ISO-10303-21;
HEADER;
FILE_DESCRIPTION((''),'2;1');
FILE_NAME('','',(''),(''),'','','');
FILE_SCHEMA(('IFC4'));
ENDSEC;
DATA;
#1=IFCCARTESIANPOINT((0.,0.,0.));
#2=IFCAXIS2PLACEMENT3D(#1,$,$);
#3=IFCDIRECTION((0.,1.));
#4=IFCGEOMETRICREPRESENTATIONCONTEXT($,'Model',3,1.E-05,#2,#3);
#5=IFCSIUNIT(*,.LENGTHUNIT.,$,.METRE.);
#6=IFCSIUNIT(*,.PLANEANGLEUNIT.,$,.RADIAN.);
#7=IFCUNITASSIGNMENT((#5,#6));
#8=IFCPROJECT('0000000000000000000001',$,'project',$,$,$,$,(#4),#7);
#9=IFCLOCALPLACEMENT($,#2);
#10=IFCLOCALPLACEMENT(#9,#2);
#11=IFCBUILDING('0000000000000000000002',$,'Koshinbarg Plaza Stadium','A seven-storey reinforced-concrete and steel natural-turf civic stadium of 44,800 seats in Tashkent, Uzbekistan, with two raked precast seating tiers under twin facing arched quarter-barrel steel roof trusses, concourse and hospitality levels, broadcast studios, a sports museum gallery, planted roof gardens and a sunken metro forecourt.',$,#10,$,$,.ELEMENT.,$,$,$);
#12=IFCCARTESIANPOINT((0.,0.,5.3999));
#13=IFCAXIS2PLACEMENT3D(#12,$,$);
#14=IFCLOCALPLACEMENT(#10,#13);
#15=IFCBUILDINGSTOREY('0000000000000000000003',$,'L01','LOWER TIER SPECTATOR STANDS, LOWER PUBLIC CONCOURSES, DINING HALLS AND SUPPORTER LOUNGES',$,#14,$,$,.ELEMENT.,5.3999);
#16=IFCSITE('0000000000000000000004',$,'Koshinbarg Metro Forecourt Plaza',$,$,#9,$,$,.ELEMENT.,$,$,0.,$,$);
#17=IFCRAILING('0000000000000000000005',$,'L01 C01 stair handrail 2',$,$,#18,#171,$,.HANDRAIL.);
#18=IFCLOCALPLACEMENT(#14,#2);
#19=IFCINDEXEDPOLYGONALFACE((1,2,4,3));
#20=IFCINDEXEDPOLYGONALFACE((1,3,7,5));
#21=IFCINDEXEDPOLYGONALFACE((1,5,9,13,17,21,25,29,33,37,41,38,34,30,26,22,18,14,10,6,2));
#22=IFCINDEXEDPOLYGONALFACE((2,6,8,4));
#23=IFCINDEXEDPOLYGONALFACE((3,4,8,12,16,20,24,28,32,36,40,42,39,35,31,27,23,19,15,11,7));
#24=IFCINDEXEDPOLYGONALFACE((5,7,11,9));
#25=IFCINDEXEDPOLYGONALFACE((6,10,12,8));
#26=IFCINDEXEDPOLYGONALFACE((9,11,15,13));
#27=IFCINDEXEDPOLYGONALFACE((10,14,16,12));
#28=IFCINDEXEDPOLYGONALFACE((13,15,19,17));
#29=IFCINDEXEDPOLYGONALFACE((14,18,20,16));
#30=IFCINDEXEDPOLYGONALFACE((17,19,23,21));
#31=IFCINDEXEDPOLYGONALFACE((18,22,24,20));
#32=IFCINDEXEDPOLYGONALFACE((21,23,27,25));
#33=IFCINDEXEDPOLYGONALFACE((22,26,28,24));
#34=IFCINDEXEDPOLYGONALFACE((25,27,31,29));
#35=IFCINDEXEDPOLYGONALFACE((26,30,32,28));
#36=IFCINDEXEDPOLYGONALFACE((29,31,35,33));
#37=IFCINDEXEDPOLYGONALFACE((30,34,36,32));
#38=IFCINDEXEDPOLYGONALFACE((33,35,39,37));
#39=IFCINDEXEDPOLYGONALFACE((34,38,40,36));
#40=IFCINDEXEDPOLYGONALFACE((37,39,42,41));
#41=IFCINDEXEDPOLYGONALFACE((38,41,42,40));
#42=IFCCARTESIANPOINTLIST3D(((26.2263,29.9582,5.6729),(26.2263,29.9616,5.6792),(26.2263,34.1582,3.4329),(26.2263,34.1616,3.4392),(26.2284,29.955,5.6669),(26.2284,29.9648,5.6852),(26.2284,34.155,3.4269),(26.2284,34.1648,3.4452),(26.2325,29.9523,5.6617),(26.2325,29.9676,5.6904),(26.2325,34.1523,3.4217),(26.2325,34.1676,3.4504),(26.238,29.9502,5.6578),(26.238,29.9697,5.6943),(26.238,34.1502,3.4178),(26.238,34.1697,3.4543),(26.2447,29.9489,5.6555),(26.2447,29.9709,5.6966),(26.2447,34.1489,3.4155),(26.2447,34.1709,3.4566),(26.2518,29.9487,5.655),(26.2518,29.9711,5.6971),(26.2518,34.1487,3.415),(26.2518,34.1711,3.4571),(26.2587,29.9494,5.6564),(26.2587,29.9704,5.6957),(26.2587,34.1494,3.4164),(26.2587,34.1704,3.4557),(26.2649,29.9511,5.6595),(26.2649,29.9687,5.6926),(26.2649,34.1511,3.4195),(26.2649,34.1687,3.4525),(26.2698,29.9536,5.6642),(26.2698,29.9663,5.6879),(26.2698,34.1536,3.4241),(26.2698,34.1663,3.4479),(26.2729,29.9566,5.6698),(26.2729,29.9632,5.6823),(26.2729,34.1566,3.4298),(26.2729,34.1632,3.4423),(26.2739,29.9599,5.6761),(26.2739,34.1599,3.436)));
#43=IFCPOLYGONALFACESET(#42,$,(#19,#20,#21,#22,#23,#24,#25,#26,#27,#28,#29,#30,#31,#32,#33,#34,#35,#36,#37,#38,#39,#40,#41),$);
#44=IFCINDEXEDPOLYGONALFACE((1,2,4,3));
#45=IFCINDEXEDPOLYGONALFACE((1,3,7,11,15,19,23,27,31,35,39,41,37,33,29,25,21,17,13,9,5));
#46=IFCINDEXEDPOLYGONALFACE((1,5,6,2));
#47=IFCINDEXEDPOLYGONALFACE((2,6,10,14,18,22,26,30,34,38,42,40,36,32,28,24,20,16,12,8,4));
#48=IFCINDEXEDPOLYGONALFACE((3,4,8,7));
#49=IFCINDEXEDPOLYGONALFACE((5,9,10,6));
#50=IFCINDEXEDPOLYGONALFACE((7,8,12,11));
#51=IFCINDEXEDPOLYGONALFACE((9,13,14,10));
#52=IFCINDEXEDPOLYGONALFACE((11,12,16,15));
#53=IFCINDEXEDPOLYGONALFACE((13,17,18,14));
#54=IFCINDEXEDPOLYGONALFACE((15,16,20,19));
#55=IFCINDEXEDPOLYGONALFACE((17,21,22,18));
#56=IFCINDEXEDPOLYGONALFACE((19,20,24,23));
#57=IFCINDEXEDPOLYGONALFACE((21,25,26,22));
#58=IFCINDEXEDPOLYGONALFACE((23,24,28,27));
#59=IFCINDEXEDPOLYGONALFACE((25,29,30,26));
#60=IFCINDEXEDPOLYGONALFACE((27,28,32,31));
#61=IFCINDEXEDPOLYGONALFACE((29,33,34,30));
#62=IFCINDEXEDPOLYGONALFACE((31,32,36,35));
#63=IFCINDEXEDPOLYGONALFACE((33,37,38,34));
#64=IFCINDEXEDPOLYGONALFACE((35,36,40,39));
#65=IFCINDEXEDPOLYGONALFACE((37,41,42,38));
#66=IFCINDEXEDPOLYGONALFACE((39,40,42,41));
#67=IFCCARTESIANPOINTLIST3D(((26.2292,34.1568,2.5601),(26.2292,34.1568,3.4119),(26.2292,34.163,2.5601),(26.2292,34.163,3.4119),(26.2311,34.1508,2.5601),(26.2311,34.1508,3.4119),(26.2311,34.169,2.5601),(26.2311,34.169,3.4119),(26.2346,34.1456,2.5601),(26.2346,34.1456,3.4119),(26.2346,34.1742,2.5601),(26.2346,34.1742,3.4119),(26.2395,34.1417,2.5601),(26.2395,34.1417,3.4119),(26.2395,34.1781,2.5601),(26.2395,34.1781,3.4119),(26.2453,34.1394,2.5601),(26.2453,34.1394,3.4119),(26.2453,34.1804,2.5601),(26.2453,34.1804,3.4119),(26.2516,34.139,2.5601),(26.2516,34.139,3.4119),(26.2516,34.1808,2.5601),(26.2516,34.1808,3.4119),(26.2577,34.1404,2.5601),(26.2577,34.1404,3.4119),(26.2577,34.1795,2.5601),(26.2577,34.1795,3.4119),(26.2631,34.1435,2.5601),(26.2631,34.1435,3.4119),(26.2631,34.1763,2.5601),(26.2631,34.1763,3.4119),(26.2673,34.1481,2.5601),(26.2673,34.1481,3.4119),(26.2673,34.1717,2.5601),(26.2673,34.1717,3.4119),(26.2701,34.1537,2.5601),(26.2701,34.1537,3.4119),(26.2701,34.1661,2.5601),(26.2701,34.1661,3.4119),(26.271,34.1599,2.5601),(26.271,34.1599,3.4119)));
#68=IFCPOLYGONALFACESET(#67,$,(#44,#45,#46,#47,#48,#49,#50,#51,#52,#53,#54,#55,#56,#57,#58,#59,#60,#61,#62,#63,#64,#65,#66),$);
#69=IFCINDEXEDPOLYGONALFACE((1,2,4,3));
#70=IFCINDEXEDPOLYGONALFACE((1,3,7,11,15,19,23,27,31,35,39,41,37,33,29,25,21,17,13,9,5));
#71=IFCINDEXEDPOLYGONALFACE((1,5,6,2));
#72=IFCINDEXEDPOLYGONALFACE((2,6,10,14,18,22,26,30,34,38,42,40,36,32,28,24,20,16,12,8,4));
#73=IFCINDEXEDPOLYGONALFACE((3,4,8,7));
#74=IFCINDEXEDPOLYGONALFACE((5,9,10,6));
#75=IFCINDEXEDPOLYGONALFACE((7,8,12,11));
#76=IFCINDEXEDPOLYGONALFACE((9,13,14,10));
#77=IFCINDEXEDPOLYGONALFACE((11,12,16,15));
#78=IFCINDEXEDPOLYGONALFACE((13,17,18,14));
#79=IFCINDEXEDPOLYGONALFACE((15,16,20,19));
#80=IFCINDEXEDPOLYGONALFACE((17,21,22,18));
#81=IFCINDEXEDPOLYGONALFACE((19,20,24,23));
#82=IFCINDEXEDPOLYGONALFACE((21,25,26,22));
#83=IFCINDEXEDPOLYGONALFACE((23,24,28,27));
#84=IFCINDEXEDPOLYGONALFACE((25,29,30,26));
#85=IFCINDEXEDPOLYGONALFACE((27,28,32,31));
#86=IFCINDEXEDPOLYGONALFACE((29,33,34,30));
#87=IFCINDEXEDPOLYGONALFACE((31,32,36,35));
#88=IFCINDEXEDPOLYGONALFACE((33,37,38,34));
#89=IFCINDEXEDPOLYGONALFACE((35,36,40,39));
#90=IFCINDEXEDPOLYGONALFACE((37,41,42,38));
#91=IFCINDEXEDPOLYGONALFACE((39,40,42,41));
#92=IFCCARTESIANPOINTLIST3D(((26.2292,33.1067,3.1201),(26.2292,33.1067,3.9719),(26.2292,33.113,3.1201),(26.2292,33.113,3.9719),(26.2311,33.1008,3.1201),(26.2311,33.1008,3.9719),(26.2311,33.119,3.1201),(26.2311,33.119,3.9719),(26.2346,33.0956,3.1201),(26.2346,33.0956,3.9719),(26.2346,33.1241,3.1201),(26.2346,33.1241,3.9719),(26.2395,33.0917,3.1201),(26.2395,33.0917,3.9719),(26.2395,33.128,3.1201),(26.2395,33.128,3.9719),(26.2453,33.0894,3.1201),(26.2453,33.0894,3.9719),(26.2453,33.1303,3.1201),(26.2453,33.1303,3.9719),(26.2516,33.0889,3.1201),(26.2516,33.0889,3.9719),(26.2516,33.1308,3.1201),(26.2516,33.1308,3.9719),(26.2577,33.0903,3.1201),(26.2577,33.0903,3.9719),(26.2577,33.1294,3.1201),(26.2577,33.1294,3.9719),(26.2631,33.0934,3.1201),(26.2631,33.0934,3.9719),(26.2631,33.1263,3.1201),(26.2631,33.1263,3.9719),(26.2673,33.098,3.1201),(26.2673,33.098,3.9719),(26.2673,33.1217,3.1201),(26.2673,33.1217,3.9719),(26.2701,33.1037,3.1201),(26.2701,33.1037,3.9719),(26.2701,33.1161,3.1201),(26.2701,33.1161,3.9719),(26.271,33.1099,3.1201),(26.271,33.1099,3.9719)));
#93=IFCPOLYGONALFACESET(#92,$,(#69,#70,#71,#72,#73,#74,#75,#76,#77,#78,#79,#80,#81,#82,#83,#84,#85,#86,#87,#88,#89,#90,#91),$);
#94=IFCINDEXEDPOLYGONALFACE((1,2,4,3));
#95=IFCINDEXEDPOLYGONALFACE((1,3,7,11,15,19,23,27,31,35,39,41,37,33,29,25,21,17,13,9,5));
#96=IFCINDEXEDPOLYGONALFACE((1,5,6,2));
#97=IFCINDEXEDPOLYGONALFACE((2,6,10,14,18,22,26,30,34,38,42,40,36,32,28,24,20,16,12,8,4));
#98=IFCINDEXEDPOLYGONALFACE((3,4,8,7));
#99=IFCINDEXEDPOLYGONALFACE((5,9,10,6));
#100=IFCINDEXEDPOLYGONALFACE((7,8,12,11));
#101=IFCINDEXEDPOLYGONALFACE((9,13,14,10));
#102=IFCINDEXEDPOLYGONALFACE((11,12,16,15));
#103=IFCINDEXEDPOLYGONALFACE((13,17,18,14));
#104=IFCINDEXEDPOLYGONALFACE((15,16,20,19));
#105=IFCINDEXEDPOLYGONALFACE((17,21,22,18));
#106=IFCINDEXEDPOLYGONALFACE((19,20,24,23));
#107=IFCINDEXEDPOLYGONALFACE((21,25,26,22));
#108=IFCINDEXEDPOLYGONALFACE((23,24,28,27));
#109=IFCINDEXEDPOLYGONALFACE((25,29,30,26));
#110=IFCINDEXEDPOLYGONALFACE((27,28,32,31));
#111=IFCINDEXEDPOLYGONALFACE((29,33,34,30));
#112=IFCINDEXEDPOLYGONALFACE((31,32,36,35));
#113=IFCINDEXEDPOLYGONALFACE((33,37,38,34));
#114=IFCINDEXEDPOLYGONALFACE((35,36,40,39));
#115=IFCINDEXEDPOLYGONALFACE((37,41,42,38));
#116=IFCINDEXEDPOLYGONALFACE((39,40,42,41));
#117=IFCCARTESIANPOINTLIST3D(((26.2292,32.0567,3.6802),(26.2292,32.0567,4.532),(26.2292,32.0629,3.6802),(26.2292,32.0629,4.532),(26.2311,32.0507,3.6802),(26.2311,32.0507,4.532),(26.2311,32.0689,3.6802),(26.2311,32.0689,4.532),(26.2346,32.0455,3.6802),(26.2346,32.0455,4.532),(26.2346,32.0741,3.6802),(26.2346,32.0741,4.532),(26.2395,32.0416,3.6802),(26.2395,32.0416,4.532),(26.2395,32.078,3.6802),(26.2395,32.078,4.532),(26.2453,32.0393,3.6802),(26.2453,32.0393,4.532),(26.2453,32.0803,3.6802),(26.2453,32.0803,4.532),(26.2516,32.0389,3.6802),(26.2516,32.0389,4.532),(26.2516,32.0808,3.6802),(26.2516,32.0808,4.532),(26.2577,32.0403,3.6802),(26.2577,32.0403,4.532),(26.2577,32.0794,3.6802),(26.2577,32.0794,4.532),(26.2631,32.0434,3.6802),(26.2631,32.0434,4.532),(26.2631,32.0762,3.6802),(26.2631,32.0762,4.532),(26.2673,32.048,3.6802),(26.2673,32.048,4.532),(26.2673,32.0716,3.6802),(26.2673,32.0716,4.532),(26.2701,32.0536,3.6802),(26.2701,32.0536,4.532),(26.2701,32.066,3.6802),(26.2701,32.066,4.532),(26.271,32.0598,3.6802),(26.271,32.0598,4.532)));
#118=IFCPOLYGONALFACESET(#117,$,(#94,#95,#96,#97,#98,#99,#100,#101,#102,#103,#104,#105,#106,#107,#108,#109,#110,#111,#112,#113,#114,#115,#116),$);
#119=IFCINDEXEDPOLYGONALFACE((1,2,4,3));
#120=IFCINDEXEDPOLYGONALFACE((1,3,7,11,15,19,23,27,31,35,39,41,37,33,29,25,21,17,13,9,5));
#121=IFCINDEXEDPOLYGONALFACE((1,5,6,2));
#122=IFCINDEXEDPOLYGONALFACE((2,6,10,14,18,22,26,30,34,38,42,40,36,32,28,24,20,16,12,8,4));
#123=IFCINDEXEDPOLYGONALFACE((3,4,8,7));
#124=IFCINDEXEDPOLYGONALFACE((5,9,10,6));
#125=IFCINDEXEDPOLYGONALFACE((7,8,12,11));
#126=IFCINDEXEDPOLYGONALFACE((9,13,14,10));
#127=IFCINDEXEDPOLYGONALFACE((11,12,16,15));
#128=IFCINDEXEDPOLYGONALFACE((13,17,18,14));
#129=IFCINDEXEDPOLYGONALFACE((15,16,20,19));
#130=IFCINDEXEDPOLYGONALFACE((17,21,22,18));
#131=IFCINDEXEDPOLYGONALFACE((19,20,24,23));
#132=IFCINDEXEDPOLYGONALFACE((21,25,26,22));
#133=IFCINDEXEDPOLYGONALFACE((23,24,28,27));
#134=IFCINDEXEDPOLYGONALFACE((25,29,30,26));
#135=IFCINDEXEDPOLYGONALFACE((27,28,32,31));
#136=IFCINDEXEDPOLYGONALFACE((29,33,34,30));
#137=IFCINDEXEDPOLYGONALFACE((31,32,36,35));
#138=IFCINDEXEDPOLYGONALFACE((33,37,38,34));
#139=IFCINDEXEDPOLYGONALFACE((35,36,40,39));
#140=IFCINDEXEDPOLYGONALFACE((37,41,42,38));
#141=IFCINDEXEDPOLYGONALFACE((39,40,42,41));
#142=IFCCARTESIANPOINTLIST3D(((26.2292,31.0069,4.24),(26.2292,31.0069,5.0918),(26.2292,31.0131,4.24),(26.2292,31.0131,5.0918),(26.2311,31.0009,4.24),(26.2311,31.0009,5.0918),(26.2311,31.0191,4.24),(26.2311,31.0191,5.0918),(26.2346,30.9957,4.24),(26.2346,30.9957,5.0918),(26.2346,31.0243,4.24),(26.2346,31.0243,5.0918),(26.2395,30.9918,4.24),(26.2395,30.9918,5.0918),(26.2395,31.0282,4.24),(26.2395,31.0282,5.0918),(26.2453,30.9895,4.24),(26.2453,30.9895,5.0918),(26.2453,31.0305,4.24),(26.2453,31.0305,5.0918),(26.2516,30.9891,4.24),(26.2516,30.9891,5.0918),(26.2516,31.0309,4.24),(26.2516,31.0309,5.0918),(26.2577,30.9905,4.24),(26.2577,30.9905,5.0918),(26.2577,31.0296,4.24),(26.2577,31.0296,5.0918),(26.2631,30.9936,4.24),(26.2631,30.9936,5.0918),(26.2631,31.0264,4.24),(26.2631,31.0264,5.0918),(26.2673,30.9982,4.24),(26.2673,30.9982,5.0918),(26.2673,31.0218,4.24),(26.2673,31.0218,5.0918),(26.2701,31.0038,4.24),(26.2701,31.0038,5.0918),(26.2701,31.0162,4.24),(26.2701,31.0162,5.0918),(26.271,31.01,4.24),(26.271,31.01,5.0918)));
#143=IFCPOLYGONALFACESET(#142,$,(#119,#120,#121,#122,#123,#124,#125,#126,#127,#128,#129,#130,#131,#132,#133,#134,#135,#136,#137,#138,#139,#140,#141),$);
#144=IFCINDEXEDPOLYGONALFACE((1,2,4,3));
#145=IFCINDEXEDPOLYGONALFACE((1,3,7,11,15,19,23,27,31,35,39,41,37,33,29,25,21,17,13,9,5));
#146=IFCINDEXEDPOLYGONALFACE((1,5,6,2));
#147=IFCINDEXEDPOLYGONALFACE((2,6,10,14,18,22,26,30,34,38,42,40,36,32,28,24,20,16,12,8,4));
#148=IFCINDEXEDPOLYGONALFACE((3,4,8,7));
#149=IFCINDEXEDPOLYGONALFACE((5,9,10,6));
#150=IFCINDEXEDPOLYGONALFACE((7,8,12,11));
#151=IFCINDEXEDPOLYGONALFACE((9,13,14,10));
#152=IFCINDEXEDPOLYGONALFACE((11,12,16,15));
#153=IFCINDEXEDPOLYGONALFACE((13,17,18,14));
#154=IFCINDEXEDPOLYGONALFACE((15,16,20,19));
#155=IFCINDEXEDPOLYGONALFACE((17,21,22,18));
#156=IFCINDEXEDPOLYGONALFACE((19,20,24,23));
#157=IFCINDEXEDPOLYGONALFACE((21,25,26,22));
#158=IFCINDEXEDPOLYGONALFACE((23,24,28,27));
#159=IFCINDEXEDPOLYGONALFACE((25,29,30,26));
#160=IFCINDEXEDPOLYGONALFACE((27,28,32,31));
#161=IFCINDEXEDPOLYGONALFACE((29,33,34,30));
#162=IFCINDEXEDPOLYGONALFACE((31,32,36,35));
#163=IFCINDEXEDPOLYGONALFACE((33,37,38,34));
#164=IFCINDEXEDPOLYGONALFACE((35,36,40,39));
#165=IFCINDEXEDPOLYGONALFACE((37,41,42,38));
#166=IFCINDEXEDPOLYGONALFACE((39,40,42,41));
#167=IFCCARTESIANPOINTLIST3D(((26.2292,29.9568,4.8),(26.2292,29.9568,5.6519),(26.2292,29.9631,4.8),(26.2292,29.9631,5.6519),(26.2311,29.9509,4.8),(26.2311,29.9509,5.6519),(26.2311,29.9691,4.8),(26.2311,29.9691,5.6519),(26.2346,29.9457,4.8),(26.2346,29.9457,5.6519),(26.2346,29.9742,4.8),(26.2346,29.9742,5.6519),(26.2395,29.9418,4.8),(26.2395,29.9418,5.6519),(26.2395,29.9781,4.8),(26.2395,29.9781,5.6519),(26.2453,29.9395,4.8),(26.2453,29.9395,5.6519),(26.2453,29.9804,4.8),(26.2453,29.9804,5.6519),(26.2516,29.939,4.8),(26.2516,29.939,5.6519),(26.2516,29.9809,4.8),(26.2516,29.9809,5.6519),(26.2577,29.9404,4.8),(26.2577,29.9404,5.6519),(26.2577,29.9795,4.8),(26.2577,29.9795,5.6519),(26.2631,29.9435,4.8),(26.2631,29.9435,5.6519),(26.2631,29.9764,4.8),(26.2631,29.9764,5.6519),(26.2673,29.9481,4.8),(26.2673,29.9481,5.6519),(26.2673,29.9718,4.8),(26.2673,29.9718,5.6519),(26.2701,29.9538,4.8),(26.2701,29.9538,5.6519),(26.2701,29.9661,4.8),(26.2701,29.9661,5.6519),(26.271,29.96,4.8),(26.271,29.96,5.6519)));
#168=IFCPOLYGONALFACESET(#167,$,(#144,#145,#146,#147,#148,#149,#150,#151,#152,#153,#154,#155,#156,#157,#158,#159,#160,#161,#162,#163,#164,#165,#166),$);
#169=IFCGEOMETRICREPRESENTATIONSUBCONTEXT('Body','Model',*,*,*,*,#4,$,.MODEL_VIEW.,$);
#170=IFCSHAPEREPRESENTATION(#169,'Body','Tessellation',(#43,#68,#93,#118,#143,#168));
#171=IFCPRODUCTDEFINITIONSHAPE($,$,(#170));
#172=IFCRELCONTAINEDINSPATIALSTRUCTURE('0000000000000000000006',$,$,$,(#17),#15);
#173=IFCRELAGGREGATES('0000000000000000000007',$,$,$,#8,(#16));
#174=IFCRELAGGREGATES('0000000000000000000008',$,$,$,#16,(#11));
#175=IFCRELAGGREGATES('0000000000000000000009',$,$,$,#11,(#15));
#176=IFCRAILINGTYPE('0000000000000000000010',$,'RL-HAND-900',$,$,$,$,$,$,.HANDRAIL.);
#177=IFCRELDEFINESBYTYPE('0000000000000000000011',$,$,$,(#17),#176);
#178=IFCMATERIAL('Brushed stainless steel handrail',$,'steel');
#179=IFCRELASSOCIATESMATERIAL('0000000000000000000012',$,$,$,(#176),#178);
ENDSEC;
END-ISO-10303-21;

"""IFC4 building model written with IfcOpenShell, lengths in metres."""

from ifc_helpers import new_model, si_unit, direction, frame, origin, origin_2d, place, context, subcontext, project, spatial, circle, extrude, material, type_object, element, save


model = new_model("IFC4")

# Units and contexts
model_context = context("Model", 3, precision=1e-05, world=origin(), true_north=direction((0.0, 1.0)))
body_context = subcontext(model_context, "Body", "Model", "MODEL_VIEW")
ifc_project = project(units=[si_unit("LENGTHUNIT", "METRE"), si_unit("PLANEANGLEUNIT", "RADIAN")], contexts=[model_context])

# Site, building, storey
site_placement = place(None, origin())
site = spatial("IfcSite", under=ifc_project, at=site_placement, Name="Koshinbarg Metro Forecourt Plaza", CompositionType="ELEMENT", RefElevation=0.0)
building_placement = place(site_placement, origin())
building = spatial("IfcBuilding", under=site, at=building_placement, Name="Koshinbarg Plaza Stadium", Description="A seven-storey reinforced-concrete and steel natural-turf civic stadium of 44,800 seats in Tashkent, Uzbekistan, with two raked precast seating tiers under twin facing arched quarter-barrel steel roof trusses, concourse and hospitality levels, broadcast studios, a sports museum gallery, planted roof gardens and a sunken metro forecourt.", CompositionType="ELEMENT")
storey_placement = place(building_placement, frame((0.0, 0.0, 5.3999)))
storey = spatial("IfcBuildingStorey", under=building, at=storey_placement, Name="L01", Description="LOWER TIER SPECTATOR STANDS, LOWER PUBLIC CONCOURSES, DINING HALLS AND SUPPORTER LOUNGES", CompositionType="ELEMENT", Elevation=5.3999)

# Railing
ifc_material_1 = material(Name="Brushed stainless steel handrail", Category="steel")
railing_type_1 = type_object("IfcRailingType", Name="RL-HAND-900", PredefinedType="HANDRAIL", material=ifc_material_1)
railing_1_placement = place(storey_placement, frame((26.25, 34.1599, 2.5601)))
element("IfcRailing", 1, at=railing_1_placement, inside=storey, type_object=railing_type_1, Name="L01 C01 stair handrail 2", PredefinedType="HANDRAIL", context=body_context, shape_type="SweptSolid", body=[
    extrude(circle(Radius=0.0239, at=origin_2d()), frame((0.0, 0.0, 0.876), z_axis=(0.0, -0.882352, 0.470591), x_axis=(1.0, 0.0, 0.0)), (0.0, 0.0, 1.0), 4.76),
    extrude(circle(Radius=0.021, at=origin_2d()), origin(), (0.0, 0.0, 1.0), 0.8518),
    extrude(circle(Radius=0.021, at=origin_2d()), frame((0.0, -1.05, 0.5601)), (0.0, 0.0, 1.0), 0.8518),
    extrude(circle(Radius=0.021, at=origin_2d()), frame((0.0, -2.1001, 1.1201)), (0.0, 0.0, 1.0), 0.8518),
    extrude(circle(Radius=0.021, at=origin_2d()), frame((0.0, -3.1499, 1.6799)), (0.0, 0.0, 1.0), 0.8518),
    extrude(circle(Radius=0.021, at=origin_2d()), frame((0.0, -4.2, 2.24)), (0.0, 0.0, 1.0), 0.8518),
])

save(model, "model.ifc")
